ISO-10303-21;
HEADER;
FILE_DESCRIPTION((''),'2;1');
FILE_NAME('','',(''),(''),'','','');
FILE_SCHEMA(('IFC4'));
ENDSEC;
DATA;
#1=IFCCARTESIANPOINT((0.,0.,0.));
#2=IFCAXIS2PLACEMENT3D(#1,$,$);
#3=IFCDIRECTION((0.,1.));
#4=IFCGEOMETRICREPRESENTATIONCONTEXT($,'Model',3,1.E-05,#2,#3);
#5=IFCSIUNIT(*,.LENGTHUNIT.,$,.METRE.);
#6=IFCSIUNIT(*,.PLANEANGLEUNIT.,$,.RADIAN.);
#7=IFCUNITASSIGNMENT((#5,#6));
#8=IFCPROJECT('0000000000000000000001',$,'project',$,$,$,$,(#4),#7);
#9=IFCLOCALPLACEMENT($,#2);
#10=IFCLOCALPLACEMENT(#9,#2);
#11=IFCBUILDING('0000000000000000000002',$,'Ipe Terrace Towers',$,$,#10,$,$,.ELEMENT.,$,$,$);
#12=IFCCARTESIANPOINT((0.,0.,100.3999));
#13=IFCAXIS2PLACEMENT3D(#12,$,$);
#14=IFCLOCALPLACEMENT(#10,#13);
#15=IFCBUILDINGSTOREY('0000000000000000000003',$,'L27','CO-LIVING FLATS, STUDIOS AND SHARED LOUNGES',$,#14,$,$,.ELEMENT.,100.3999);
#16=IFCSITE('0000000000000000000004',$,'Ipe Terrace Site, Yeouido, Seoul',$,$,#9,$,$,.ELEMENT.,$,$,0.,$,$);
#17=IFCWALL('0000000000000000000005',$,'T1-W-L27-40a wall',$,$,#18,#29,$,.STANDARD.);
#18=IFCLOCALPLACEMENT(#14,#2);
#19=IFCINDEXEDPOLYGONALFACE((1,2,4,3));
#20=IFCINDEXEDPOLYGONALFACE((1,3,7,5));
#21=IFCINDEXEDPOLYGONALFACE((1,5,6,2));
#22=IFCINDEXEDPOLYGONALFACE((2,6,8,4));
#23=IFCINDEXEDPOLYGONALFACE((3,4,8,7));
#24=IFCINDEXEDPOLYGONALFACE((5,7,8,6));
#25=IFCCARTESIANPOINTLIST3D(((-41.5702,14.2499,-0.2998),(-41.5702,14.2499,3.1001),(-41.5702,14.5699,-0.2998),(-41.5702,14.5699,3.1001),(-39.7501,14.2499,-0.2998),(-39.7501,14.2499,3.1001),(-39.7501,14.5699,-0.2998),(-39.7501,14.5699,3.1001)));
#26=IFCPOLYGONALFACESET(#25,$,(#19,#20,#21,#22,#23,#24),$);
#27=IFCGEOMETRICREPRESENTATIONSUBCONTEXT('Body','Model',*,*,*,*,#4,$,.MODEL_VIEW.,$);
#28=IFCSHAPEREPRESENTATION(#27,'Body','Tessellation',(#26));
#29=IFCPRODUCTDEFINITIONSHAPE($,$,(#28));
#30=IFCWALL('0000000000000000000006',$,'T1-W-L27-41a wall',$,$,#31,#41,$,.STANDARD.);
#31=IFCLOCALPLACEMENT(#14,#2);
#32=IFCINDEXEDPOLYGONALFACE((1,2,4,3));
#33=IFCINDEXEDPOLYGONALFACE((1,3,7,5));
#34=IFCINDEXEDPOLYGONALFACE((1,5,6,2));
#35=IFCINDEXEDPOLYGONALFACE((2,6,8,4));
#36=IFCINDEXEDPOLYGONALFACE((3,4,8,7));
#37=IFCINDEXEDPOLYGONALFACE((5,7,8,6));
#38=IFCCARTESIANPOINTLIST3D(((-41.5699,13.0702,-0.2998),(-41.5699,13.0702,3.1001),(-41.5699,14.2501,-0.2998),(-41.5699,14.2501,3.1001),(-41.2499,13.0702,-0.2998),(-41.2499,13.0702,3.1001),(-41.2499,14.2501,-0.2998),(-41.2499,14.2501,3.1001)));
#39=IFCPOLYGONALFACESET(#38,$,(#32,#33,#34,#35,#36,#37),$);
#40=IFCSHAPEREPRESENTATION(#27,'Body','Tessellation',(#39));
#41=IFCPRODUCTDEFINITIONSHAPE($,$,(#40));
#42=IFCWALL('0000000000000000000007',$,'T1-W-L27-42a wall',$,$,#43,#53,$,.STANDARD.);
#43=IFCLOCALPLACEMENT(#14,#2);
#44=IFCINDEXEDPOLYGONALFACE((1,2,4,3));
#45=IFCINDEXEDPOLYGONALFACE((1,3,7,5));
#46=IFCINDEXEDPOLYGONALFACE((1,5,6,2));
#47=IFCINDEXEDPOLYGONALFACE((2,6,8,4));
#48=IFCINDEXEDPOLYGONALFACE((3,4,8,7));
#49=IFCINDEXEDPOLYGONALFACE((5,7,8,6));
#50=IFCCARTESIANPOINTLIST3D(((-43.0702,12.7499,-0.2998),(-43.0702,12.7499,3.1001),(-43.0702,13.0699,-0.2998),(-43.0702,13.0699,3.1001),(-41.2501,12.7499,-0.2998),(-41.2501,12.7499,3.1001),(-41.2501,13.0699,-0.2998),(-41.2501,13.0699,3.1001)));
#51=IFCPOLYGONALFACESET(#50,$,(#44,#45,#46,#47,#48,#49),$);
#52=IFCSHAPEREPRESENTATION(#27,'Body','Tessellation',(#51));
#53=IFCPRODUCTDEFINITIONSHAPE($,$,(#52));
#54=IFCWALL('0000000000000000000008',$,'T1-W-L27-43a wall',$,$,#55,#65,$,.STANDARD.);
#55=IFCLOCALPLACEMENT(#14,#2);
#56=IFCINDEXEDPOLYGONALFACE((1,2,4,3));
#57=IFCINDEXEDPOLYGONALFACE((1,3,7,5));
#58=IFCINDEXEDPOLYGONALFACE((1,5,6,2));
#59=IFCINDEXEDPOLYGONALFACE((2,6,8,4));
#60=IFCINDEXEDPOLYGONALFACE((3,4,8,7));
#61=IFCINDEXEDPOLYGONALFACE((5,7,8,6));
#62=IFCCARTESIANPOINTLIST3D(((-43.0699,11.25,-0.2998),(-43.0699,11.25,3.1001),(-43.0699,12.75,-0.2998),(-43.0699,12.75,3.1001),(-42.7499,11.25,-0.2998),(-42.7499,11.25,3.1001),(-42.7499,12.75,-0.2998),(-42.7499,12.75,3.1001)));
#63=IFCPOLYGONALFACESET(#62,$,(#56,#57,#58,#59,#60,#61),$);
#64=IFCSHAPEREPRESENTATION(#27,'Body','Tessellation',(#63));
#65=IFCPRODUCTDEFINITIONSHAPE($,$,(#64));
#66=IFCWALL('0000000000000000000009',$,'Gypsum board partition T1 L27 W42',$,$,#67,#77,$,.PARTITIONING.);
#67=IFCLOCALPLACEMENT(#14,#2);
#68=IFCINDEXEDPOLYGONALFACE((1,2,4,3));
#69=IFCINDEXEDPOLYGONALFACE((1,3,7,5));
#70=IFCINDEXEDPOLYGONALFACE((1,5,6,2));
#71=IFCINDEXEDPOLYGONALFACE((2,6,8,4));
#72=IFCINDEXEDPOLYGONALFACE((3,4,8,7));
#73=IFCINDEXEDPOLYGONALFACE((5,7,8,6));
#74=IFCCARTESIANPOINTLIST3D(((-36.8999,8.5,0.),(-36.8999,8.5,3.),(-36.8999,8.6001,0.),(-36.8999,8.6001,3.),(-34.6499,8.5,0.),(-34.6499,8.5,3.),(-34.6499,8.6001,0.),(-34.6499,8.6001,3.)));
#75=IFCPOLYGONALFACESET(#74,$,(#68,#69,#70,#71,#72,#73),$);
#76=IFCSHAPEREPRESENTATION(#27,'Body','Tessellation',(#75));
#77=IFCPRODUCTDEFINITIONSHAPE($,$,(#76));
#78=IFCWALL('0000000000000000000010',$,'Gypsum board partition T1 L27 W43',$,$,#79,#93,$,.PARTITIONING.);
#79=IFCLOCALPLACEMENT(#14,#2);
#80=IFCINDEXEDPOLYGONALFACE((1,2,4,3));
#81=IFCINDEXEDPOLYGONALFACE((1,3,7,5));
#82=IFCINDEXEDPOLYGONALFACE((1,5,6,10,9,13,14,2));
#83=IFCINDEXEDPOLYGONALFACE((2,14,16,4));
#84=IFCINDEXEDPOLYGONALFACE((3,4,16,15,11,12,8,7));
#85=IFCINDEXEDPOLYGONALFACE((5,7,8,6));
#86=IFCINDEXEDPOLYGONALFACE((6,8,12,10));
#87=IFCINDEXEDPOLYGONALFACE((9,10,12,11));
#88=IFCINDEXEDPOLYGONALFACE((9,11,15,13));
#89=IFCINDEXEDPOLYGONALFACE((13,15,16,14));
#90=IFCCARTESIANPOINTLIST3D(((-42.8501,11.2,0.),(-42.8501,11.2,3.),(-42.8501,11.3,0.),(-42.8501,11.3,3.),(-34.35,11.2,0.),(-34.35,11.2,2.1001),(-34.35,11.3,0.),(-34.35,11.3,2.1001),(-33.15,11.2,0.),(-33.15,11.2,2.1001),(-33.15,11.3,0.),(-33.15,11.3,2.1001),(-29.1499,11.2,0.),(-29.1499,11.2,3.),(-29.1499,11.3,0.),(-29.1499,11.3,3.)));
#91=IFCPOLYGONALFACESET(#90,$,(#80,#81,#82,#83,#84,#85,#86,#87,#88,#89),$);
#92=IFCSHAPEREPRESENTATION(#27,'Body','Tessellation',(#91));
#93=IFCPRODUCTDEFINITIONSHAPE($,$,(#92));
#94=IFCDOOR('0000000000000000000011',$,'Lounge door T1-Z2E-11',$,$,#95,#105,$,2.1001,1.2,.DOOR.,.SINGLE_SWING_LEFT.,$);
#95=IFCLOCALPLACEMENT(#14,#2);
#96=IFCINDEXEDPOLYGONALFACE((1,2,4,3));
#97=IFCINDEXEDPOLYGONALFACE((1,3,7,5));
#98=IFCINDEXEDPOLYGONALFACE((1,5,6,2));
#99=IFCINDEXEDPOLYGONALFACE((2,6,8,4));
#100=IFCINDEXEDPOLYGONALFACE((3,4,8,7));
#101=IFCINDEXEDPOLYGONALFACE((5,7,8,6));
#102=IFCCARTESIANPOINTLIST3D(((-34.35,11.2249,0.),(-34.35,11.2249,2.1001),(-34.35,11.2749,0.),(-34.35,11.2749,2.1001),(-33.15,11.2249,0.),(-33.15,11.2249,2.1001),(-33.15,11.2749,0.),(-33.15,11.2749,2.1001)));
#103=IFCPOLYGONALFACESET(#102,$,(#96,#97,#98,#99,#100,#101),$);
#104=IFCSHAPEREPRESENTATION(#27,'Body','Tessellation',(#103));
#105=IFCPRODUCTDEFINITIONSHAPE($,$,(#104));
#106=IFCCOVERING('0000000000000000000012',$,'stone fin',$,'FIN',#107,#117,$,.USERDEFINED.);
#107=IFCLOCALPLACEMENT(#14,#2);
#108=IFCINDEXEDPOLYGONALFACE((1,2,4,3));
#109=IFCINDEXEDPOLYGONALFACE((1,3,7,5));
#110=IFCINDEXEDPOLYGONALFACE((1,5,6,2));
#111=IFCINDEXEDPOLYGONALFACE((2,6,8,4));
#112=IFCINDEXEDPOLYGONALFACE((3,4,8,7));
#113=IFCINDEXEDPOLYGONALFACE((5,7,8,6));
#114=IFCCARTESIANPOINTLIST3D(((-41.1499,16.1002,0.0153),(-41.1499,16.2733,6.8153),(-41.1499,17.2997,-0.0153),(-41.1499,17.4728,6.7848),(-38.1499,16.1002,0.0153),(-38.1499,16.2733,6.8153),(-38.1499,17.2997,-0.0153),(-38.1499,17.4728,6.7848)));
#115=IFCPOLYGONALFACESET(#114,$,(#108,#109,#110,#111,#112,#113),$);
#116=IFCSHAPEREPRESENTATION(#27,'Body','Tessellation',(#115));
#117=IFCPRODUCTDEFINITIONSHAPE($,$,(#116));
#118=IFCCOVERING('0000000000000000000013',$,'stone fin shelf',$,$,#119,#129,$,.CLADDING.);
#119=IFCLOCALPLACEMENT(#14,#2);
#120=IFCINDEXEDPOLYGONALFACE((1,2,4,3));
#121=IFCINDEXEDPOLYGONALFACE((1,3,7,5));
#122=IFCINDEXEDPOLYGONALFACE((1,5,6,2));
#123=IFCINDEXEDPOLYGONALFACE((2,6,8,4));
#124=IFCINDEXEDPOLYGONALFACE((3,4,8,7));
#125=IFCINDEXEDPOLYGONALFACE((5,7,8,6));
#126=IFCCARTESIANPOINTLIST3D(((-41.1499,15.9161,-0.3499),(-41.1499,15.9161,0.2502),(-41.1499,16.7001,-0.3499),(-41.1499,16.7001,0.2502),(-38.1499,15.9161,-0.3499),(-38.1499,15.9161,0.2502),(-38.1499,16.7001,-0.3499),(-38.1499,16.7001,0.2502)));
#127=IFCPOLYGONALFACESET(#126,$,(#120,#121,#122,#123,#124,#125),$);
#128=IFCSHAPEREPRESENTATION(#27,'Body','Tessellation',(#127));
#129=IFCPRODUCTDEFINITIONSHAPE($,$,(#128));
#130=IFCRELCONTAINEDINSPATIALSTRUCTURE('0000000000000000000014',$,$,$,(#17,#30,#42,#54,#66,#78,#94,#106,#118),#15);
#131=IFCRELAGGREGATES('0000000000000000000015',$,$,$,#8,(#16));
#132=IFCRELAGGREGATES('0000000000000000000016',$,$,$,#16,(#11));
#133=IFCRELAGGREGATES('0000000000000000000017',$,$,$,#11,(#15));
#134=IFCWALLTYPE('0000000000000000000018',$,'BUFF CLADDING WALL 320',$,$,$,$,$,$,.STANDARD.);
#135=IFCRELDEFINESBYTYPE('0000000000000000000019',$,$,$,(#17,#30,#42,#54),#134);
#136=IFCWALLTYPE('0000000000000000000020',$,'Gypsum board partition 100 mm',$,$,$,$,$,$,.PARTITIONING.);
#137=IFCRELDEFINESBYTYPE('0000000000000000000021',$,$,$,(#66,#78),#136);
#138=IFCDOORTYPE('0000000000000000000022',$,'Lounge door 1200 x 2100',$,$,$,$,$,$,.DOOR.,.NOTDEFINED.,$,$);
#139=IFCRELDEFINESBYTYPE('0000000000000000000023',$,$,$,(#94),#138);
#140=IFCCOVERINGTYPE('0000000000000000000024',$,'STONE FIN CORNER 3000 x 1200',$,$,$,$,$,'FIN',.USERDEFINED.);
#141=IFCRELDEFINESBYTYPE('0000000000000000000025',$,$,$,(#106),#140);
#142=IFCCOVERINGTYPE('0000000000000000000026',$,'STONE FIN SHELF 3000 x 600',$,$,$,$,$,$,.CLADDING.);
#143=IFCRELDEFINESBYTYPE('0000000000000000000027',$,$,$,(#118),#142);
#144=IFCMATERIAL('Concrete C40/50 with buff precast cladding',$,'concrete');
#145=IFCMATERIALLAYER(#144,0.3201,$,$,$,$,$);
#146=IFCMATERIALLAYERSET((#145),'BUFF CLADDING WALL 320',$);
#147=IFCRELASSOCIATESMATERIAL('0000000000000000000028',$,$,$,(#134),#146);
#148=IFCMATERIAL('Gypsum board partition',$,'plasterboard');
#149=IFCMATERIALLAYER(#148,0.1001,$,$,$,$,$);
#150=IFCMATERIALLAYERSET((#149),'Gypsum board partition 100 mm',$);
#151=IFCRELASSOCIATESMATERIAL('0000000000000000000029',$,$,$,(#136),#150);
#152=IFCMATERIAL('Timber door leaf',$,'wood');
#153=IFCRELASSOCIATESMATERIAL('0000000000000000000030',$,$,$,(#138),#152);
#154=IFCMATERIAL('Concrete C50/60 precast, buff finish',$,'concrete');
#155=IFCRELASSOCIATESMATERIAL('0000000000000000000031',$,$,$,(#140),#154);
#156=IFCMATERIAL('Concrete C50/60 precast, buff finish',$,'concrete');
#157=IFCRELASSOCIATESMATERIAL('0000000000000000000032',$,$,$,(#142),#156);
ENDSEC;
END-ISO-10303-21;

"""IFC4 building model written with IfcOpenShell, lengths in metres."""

from ifc_helpers import new_model, si_unit, direction, frame, frame_2d, origin, origin_2d, place, context, subcontext, project, spatial, rectangle, extrude, material, layer, layer_set, material_profile, profile_set, type_object, element, fill, save


model = new_model("IFC4")

# Units and contexts
model_context = context("Model", 3, precision=1e-05, world=origin(), true_north=direction((0.0, 1.0)))
body_context = subcontext(model_context, "Body", "Model", "MODEL_VIEW")
ifc_project = project(units=[si_unit("LENGTHUNIT", "METRE"), si_unit("PLANEANGLEUNIT", "RADIAN")], contexts=[model_context])

# Site, building, storey
site_placement = place(None, origin())
site = spatial("IfcSite", under=ifc_project, at=site_placement, Name="Ipe Terrace Site, Yeouido, Seoul", CompositionType="ELEMENT", RefElevation=0.0)
building_placement = place(site_placement, origin())
building = spatial("IfcBuilding", under=site, at=building_placement, Name="Ipe Terrace Towers", CompositionType="ELEMENT")
storey_placement = place(building_placement, frame((0.0, 0.0, 100.3999)))
storey = spatial("IfcBuildingStorey", under=building, at=storey_placement, Name="L27", Description="CO-LIVING FLATS, STUDIOS AND SHARED LOUNGES", CompositionType="ELEMENT", Elevation=100.3999)

# Walls
ifc_material_1 = material(Name="Concrete C40/50 with buff precast cladding", Category="concrete")
ifc_layer_1 = layer(ifc_material_1, 0.3201)
ifc_layer_set_1 = layer_set([ifc_layer_1], Name="BUFF CLADDING WALL 320")
wall_type_1 = type_object("IfcWallType", Name="BUFF CLADDING WALL 320", PredefinedType="STANDARD", material=ifc_layer_set_1)
wall_1_placement = place(storey_placement, frame((-39.75, 14.4099, -0.2998), z_axis=(0.0, 0.0, 1.0), x_axis=(-1.0, 0.0, 0.0)))
element("IfcWall", 1, at=wall_1_placement, inside=storey, type_object=wall_type_1, Name="T1-W-L27-40a wall", PredefinedType="STANDARD", context=body_context, shape_type="SweptSolid", body=[
    extrude(rectangle(XDim=1.8201, YDim=0.3201, at=frame_2d((0.9102, 0.0))), origin(), (0.0, 0.0, 1.0), 3.3999),
])
wall_2_placement = place(storey_placement, frame((-41.4099, 14.25, -0.2998), z_axis=(0.0, 0.0, 1.0), x_axis=(0.0, -1.0, 0.0)))
element("IfcWall", 2, at=wall_2_placement, inside=storey, type_object=wall_type_1, Name="T1-W-L27-41a wall", PredefinedType="STANDARD", context=body_context, shape_type="SweptSolid", body=[
    extrude(rectangle(XDim=1.1799, YDim=0.3201, at=frame_2d((0.5898, 0.0))), origin(), (0.0, 0.0, 1.0), 3.3999),
])
wall_3_placement = place(storey_placement, frame((-41.25, 12.9099, -0.2998), z_axis=(0.0, 0.0, 1.0), x_axis=(-1.0, 0.0, 0.0)))
element("IfcWall", 3, at=wall_3_placement, inside=storey, type_object=wall_type_1, Name="T1-W-L27-42a wall", PredefinedType="STANDARD", context=body_context, shape_type="SweptSolid", body=[
    extrude(rectangle(XDim=1.8201, YDim=0.3201, at=frame_2d((0.9102, 0.0))), origin(), (0.0, 0.0, 1.0), 3.3999),
])
wall_4_placement = place(storey_placement, frame((-42.9099, 12.75, -0.2998), z_axis=(0.0, 0.0, 1.0), x_axis=(0.0, -1.0, 0.0)))
element("IfcWall", 4, at=wall_4_placement, inside=storey, type_object=wall_type_1, Name="T1-W-L27-43a wall", PredefinedType="STANDARD", context=body_context, shape_type="SweptSolid", body=[
    extrude(rectangle(XDim=1.5, YDim=0.3201, at=frame_2d((0.75, 0.0))), origin(), (0.0, 0.0, 1.0), 3.3999),
])
ifc_material_2 = material(Name="Gypsum board partition", Category="plasterboard")
ifc_layer_2 = layer(ifc_material_2, 0.1001)
ifc_layer_set_2 = layer_set([ifc_layer_2], Name="Gypsum board partition 100 mm")
wall_type_2 = type_object("IfcWallType", Name="Gypsum board partition 100 mm", PredefinedType="PARTITIONING", material=ifc_layer_set_2)
wall_5_placement = place(storey_placement, frame((-36.8999, 8.55, 0.0), z_axis=(0.0, 0.0, 1.0), x_axis=(1.0, 0.0, 0.0)))
element("IfcWall", 5, at=wall_5_placement, inside=storey, type_object=wall_type_2, Name="Gypsum board partition T1 L27 W42", PredefinedType="PARTITIONING", context=body_context, shape_type="SweptSolid", body=[
    extrude(rectangle(XDim=2.25, YDim=0.1001, at=frame_2d((1.125, 0.0))), origin(), (0.0, 0.0, 1.0), 3.0),
])

# Wall, opening, door
wall_6_placement = place(storey_placement, frame((-42.8501, 11.25, 0.0), z_axis=(0.0, 0.0, 1.0), x_axis=(1.0, 0.0, 0.0)))
wall_6 = element("IfcWall", 6, at=wall_6_placement, inside=storey, type_object=wall_type_2, Name="Gypsum board partition T1 L27 W43", PredefinedType="PARTITIONING", context=body_context, shape_type="SweptSolid", body=[
    extrude(rectangle(XDim=13.7002, YDim=0.1001, at=frame_2d((6.8501, 0.0))), origin(), (0.0, 0.0, 1.0), 3.0),
])
opening_placement = place(wall_6_placement, frame((8.5, 0.0, 0.0)))
opening = element("IfcOpeningElement", 7, at=opening_placement, cuts=wall_6, PredefinedType="OPENING", context=body_context, shape_type="SweptSolid", body=[
    extrude(rectangle(XDim=1.2, YDim=2.1001, at=frame_2d((0.6001, 1.05))), frame((0.0, 0.0601, 0.0), z_axis=(0.0, -1.0, 0.0), x_axis=(1.0, 0.0, 0.0)), (0.0, 0.0, 1.0), 0.1201),
])
ifc_material_3 = material(Name="Timber door leaf", Category="wood")
door_type = type_object("IfcDoorType", Name="Lounge door 1200 x 2100", OperationType="NOTDEFINED", PredefinedType="DOOR", material=ifc_material_3)
door_placement = place(opening_placement, origin())
door = element("IfcDoor", 8, at=door_placement, inside=storey, type_object=door_type, Name="Lounge door T1-Z2E-11", OperationType="SINGLE_SWING_LEFT", OverallHeight=2.1001, OverallWidth=1.2, PredefinedType="DOOR", context=body_context, shape_type="SweptSolid", body=[
    extrude(rectangle(XDim=1.2, YDim=2.1001, at=frame_2d((0.6001, 1.05))), frame((0.0, 0.0249, 0.0), z_axis=(0.0, -1.0, 0.0), x_axis=(1.0, 0.0, 0.0)), (0.0, 0.0, 1.0), 0.05),
])
fill(opening, door)

# Coverings
ifc_material_4 = material(Name="Concrete C50/60 precast, buff finish", Category="concrete")
ifc_material_profile_1 = material_profile(ifc_material_4, rectangle(XDim=3.0, YDim=1.2, at=origin_2d()), Name="STONE FIN CORNER 3000 x 1200")
ifc_profile_set_1 = profile_set([ifc_material_profile_1], Name="Concrete C50/60 precast, buff finish")
covering_type_1 = type_object("IfcCoveringType", Name="STONE FIN CORNER 3000 x 1200", ElementType="FIN", PredefinedType="USERDEFINED", material=ifc_profile_set_1)
covering_1_placement = place(storey_placement, frame((-39.6499, 16.7, 0.0), z_axis=(0.0, 0.025447, 0.999676), x_axis=(-1.0, 0.0, 0.0)))
element("IfcCovering", 9, at=covering_1_placement, inside=storey, type_object=covering_type_1, Name="stone fin", ObjectType="FIN", PredefinedType="USERDEFINED", context=body_context, shape_type="SweptSolid", body=[
    extrude(rectangle(XDim=3.0, YDim=1.2, at=origin_2d()), origin(), (0.0, 0.0, 1.0), 6.8022),
])
ifc_material_5 = material(Name="Concrete C50/60 precast, buff finish", Category="concrete")
covering_type_2 = type_object("IfcCoveringType", Name="STONE FIN SHELF 3000 x 600", PredefinedType="CLADDING", material=ifc_material_5)
covering_2_placement = place(storey_placement, frame((-39.6499, 16.3081, -0.3499), z_axis=(0.0, 0.0, 1.0), x_axis=(-1.0, 0.0, 0.0)))
element("IfcCovering", 10, at=covering_2_placement, inside=storey, type_object=covering_type_2, Name="stone fin shelf", PredefinedType="CLADDING", context=body_context, shape_type="SweptSolid", body=[
    extrude(rectangle(XDim=3.0, YDim=0.7839, at=origin_2d()), origin(), (0.0, 0.0, 1.0), 0.6001),
])

save(model, "model.ifc")
